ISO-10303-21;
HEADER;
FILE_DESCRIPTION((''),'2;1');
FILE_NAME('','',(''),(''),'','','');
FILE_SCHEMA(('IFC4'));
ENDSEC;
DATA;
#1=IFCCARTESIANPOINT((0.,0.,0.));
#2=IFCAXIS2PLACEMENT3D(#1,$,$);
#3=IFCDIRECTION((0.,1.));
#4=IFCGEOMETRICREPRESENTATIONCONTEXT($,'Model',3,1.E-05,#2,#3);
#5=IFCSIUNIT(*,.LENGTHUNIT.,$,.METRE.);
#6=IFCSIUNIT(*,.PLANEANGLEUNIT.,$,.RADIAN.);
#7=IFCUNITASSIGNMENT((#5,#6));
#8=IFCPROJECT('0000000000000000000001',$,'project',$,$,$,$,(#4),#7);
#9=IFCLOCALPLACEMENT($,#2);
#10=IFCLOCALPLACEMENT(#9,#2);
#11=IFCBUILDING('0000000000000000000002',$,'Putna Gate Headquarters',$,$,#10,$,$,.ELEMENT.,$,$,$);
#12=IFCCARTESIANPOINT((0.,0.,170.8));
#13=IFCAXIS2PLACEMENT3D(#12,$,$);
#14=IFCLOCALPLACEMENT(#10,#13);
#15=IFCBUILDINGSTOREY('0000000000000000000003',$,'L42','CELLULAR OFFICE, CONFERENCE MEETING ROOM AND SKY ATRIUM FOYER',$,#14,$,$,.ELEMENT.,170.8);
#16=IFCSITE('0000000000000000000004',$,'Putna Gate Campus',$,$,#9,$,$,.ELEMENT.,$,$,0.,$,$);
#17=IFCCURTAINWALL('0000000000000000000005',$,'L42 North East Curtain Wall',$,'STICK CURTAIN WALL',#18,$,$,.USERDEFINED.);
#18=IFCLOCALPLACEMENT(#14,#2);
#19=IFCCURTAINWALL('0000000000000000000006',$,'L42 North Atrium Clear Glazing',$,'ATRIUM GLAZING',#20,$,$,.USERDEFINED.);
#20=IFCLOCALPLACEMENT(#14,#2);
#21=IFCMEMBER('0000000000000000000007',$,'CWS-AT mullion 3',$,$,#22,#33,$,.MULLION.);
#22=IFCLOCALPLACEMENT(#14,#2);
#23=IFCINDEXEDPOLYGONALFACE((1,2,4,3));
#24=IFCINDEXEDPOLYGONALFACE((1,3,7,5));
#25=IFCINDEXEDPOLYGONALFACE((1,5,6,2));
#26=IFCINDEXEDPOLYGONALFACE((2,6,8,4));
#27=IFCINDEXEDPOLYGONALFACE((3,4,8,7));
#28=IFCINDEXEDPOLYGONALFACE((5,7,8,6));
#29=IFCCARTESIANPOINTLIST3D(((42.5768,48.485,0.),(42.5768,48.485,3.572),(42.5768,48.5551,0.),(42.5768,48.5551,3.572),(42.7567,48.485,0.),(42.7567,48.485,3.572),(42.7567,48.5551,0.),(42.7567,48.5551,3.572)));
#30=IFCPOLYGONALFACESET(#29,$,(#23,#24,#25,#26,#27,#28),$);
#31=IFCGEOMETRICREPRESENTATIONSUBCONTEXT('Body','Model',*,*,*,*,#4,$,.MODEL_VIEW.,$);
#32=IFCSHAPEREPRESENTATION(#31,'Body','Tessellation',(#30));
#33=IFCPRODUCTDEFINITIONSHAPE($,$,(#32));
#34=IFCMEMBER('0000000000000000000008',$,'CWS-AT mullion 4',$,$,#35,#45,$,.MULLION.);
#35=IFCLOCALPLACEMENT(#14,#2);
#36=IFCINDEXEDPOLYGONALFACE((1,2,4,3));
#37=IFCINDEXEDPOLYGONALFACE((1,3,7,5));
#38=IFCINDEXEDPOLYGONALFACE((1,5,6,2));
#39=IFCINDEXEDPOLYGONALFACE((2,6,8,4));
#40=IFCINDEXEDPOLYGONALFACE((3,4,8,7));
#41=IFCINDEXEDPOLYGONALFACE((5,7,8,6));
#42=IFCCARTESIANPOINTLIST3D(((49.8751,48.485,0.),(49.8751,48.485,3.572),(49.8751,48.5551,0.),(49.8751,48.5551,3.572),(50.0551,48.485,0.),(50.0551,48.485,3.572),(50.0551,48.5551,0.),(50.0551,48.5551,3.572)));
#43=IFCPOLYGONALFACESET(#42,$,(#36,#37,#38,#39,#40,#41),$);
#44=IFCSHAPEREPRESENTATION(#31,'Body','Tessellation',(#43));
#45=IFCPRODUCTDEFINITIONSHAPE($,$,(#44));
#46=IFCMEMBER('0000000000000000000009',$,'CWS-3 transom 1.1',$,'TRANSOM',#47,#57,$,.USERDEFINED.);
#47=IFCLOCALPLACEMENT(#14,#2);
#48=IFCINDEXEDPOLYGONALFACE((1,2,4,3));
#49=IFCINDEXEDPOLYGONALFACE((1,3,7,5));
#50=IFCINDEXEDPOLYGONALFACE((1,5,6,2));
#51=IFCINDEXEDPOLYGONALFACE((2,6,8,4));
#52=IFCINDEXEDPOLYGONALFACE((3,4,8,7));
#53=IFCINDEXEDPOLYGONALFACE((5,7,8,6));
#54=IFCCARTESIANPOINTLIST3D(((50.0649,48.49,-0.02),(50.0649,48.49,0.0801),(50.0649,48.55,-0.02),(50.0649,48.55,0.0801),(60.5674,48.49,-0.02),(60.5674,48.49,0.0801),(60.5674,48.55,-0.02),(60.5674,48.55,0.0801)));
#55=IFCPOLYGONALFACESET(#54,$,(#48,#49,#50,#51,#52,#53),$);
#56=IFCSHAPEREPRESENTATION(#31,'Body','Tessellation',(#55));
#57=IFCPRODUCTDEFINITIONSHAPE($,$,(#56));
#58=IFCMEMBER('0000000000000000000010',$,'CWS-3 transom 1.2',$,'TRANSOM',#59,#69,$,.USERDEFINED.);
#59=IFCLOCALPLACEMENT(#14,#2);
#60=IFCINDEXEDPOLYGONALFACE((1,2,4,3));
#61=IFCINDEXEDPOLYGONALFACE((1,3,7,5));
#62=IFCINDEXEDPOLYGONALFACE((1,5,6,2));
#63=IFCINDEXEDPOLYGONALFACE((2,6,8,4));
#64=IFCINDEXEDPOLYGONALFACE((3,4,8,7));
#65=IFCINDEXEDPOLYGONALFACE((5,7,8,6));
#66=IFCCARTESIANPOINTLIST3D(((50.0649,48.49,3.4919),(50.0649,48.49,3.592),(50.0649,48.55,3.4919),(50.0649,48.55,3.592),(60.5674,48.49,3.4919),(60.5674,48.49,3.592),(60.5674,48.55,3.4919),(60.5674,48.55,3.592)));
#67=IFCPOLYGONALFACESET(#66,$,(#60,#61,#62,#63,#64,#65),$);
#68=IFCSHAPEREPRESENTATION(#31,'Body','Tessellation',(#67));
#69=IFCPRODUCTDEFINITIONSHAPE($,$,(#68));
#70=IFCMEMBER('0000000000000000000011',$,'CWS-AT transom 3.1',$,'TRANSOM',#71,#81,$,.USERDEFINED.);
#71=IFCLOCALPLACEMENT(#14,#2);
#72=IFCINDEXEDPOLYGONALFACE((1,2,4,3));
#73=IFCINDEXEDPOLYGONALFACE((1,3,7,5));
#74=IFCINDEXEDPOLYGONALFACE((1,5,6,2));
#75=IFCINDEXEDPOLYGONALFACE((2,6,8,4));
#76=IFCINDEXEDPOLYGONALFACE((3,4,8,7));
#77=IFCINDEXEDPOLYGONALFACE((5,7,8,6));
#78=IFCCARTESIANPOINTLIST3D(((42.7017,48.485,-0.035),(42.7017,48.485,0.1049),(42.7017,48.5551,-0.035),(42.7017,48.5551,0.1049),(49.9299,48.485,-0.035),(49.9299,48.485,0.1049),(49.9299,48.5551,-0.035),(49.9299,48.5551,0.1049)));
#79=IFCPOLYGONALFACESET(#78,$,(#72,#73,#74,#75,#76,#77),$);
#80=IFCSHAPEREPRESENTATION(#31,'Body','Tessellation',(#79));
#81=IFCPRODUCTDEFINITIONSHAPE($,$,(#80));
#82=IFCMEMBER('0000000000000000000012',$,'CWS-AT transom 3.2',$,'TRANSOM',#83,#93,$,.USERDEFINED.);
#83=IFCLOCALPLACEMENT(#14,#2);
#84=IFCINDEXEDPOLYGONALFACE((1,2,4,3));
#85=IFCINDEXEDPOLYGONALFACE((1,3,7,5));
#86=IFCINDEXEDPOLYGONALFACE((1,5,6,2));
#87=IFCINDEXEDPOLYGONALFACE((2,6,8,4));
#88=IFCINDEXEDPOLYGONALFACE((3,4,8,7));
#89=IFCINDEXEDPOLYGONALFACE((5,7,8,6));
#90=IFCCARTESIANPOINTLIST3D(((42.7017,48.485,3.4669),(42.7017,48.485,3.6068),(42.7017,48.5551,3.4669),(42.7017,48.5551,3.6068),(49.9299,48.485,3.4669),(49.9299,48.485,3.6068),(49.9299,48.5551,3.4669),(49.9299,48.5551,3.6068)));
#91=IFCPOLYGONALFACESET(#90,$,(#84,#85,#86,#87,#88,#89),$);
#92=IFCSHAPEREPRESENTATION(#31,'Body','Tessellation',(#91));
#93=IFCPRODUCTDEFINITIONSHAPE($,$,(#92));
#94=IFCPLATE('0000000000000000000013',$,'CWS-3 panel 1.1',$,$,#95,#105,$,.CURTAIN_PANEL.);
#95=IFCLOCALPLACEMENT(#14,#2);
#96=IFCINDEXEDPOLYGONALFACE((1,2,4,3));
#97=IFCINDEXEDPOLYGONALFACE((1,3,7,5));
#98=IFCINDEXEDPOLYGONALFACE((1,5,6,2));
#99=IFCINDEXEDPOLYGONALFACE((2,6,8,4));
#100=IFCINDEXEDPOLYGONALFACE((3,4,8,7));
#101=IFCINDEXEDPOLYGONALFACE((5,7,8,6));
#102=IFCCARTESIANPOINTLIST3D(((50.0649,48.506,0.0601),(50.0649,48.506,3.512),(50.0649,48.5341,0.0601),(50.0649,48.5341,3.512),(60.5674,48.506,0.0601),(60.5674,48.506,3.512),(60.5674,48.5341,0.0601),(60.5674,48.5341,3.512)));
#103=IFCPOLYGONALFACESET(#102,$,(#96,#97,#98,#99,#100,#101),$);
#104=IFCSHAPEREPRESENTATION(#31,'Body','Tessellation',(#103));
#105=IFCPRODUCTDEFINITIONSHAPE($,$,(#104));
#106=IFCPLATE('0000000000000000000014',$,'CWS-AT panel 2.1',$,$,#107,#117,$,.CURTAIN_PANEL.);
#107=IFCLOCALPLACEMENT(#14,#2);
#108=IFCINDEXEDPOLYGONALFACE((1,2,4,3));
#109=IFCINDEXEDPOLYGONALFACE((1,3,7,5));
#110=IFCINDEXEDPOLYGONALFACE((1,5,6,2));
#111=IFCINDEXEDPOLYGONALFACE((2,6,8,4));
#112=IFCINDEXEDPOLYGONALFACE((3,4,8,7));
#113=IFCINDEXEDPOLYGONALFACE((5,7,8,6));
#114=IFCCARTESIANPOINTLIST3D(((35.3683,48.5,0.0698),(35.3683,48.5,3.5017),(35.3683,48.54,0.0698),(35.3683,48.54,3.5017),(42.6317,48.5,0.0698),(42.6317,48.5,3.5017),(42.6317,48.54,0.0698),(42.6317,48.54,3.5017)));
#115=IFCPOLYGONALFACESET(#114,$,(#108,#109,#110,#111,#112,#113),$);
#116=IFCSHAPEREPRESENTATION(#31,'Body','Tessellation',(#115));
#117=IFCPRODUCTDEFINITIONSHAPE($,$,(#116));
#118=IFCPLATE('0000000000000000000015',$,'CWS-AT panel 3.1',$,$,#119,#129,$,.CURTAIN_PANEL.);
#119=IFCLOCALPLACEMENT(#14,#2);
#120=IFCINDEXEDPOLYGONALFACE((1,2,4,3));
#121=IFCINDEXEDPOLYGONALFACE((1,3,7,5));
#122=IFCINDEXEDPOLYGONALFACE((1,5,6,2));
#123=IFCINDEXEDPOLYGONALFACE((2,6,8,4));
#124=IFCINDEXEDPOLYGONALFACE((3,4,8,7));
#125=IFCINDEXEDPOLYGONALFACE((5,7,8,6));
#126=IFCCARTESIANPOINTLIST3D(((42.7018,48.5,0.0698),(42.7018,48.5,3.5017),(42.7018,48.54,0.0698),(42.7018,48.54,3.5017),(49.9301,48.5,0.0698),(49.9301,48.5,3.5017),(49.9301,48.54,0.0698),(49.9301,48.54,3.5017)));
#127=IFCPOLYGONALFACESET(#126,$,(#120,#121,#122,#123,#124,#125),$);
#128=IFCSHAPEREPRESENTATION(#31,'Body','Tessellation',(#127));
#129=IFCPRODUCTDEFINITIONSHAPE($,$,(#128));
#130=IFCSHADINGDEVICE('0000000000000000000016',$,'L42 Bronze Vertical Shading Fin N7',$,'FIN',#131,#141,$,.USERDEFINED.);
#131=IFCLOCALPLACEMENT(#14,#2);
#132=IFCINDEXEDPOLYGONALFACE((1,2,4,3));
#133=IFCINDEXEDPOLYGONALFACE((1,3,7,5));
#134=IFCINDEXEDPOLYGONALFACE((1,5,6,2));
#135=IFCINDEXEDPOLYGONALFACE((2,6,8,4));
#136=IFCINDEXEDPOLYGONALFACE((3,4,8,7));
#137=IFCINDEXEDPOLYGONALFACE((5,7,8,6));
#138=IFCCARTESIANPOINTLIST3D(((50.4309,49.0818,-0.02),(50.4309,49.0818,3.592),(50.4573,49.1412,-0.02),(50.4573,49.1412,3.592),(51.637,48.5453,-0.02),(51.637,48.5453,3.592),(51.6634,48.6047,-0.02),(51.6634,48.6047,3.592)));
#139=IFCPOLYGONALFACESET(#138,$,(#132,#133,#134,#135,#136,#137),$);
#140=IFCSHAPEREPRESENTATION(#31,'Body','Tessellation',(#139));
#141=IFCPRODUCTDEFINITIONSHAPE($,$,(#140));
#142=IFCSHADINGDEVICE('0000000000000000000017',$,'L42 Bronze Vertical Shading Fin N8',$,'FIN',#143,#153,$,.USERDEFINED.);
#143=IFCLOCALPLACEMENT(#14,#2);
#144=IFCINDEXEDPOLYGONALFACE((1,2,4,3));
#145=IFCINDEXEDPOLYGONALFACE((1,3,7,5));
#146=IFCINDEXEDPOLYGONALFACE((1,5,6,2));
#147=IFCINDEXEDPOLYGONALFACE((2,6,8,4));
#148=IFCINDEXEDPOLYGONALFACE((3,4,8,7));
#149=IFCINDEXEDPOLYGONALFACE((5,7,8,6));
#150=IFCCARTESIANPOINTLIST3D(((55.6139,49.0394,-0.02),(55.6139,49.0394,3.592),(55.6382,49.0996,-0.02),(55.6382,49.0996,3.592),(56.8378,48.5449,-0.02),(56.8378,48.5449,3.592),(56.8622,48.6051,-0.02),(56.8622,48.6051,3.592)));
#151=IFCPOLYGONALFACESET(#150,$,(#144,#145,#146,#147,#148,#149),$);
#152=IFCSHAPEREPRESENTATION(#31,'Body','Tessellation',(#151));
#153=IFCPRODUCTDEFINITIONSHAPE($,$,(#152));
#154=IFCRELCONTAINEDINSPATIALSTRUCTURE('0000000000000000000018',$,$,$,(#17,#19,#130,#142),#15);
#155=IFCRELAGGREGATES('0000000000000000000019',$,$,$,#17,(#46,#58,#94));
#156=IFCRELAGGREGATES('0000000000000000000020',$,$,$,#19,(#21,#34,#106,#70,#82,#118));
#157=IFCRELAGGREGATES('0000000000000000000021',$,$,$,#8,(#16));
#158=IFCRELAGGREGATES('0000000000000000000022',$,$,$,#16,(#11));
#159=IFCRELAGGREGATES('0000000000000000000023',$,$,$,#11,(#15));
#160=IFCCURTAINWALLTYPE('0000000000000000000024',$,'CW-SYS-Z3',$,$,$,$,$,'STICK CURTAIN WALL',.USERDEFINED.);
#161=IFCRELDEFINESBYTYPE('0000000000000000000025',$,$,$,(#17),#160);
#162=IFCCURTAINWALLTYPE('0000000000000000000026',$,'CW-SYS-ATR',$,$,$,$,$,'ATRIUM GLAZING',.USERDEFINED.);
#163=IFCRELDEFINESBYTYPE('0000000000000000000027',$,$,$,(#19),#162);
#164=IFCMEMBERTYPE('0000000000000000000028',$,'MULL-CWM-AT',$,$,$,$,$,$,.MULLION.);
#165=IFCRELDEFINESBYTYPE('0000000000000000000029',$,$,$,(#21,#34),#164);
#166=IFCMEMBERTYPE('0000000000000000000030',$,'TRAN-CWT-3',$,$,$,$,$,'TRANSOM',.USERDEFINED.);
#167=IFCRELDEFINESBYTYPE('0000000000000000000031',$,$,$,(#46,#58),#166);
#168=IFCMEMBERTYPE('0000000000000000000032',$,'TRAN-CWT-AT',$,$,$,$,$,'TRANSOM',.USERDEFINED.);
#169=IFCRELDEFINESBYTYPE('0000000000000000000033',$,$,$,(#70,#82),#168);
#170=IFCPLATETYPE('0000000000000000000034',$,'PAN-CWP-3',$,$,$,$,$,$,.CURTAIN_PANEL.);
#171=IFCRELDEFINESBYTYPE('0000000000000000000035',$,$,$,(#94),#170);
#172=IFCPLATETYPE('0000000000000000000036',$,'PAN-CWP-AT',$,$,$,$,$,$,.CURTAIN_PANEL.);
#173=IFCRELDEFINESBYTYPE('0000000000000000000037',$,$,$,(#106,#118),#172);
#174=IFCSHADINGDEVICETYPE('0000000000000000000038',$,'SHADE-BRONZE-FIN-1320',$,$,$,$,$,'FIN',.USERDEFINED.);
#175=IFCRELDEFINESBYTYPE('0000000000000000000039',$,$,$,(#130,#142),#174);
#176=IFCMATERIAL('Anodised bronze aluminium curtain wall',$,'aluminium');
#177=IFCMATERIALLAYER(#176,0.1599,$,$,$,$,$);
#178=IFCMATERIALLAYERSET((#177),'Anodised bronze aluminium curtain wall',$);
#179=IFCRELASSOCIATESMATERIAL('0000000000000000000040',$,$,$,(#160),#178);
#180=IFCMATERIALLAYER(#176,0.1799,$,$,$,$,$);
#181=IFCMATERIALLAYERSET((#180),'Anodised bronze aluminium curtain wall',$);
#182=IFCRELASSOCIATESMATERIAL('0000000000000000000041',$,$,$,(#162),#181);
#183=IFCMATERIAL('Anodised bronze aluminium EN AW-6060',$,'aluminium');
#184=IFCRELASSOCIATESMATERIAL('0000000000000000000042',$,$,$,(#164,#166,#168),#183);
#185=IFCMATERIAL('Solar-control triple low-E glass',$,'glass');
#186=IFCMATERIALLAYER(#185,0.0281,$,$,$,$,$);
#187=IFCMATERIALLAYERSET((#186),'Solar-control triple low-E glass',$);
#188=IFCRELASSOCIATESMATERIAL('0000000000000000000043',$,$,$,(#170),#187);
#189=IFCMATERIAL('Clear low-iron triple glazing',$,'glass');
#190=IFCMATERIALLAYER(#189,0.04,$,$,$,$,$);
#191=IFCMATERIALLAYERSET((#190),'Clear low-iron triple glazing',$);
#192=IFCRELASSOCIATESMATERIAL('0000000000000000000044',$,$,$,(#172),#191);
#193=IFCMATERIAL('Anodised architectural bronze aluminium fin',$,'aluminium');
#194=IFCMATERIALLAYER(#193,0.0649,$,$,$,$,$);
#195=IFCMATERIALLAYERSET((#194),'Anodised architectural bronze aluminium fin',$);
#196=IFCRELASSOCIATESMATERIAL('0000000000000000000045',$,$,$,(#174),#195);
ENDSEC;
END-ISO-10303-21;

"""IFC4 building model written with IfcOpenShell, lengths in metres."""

from ifc_helpers import new_model, si_unit, direction, frame, origin, origin_2d, place, context, subcontext, project, spatial, rectangle, extrude, material, layer, layer_set, material_profile, profile_set, type_object, element, aggregate, save


model = new_model("IFC4")

# Units and contexts
model_context = context("Model", 3, precision=1e-05, world=origin(), true_north=direction((0.0, 1.0)))
body_context = subcontext(model_context, "Body", "Model", "MODEL_VIEW")
ifc_project = project(units=[si_unit("LENGTHUNIT", "METRE"), si_unit("PLANEANGLEUNIT", "RADIAN")], contexts=[model_context])

# Site, building, storey
site_placement = place(None, origin())
site = spatial("IfcSite", under=ifc_project, at=site_placement, Name="Putna Gate Campus", CompositionType="ELEMENT", RefElevation=0.0)
building_placement = place(site_placement, origin())
building = spatial("IfcBuilding", under=site, at=building_placement, Name="Putna Gate Headquarters", CompositionType="ELEMENT")
storey_placement = place(building_placement, frame((0.0, 0.0, 170.8)))
storey = spatial("IfcBuildingStorey", under=building, at=storey_placement, Name="L42", Description="CELLULAR OFFICE, CONFERENCE MEETING ROOM AND SKY ATRIUM FOYER", CompositionType="ELEMENT", Elevation=170.8)

# Curtain wall
ifc_material_1 = material(Name="Anodised bronze aluminium curtain wall", Category="aluminium")
ifc_layer_1 = layer(ifc_material_1, 0.1599)
ifc_layer_set_1 = layer_set([ifc_layer_1], Name="Anodised bronze aluminium curtain wall")
curtain_wall_type_1 = type_object("IfcCurtainWallType", Name="CW-SYS-Z3", ElementType="STICK CURTAIN WALL", PredefinedType="USERDEFINED", material=ifc_layer_set_1)
curtain_wall_1_placement = place(storey_placement, origin())
curtain_wall_1 = element("IfcCurtainWall", 1, at=curtain_wall_1_placement, inside=storey, type_object=curtain_wall_type_1, Name="L42 North East Curtain Wall", ObjectType="STICK CURTAIN WALL", PredefinedType="USERDEFINED")
ifc_material_2 = material(Name="Anodised bronze aluminium EN AW-6060", Category="aluminium")

# Curtain wall, members
ifc_layer_2 = layer(ifc_material_1, 0.1799)
ifc_layer_set_2 = layer_set([ifc_layer_2], Name="Anodised bronze aluminium curtain wall")
curtain_wall_type_2 = type_object("IfcCurtainWallType", Name="CW-SYS-ATR", ElementType="ATRIUM GLAZING", PredefinedType="USERDEFINED", material=ifc_layer_set_2)
curtain_wall_2_placement = place(storey_placement, origin())
curtain_wall_2 = element("IfcCurtainWall", 2, at=curtain_wall_2_placement, inside=storey, type_object=curtain_wall_type_2, Name="L42 North Atrium Clear Glazing", ObjectType="ATRIUM GLAZING", PredefinedType="USERDEFINED")
ifc_material_profile_1 = material_profile(ifc_material_2, rectangle(XDim=0.0701, YDim=0.1799, at=origin_2d()), Name="Anodised bronze aluminium EN AW-6060")
ifc_profile_set_1 = profile_set([ifc_material_profile_1], Name="Anodised bronze aluminium EN AW-6060")
member_type_1 = type_object("IfcMemberType", Name="MULL-CWM-AT", PredefinedType="MULLION", material=ifc_profile_set_1)
member_1_placement = place(storey_placement, frame((42.6667, 48.52, 0.0), z_axis=(0.0, 0.0, 1.0), x_axis=(0.0, 1.0, 0.0)))
member_1 = element("IfcMember", 3, at=member_1_placement, type_object=member_type_1, Name="CWS-AT mullion 3", PredefinedType="MULLION", context=body_context, shape_type="SweptSolid", body=[
    extrude(rectangle(XDim=0.0701, YDim=0.1799, at=origin_2d()), origin(), (0.0, 0.0, 1.0), 3.572),
])
member_2_placement = place(storey_placement, frame((49.9651, 48.52, 0.0), z_axis=(0.0, 0.0, 1.0), x_axis=(0.0, 1.0, 0.0)))
member_2 = element("IfcMember", 4, at=member_2_placement, type_object=member_type_1, Name="CWS-AT mullion 4", PredefinedType="MULLION", context=body_context, shape_type="SweptSolid", body=[
    extrude(rectangle(XDim=0.0701, YDim=0.1799, at=origin_2d()), origin(), (0.0, 0.0, 1.0), 3.572),
])

# Members
ifc_material_profile_2 = material_profile(ifc_material_2, rectangle(XDim=0.0601, YDim=0.1001, at=origin_2d()), Name="Anodised bronze aluminium EN AW-6060")
ifc_profile_set_2 = profile_set([ifc_material_profile_2], Name="Anodised bronze aluminium EN AW-6060")
member_type_2 = type_object("IfcMemberType", Name="TRAN-CWT-3", ElementType="TRANSOM", PredefinedType="USERDEFINED", material=ifc_profile_set_2)
member_3_placement = place(storey_placement, frame((50.0649, 48.52, 0.03), z_axis=(1.0, 0.0, 0.0), x_axis=(0.0, 1.0, 0.0)))
member_3 = element("IfcMember", 5, at=member_3_placement, type_object=member_type_2, Name="CWS-3 transom 1.1", ObjectType="TRANSOM", PredefinedType="USERDEFINED", context=body_context, shape_type="SweptSolid", body=[
    extrude(rectangle(XDim=0.0601, YDim=0.1001, at=origin_2d()), origin(), (0.0, 0.0, 1.0), 10.5024),
])
member_4_placement = place(storey_placement, frame((50.0649, 48.52, 3.542), z_axis=(1.0, 0.0, 0.0), x_axis=(0.0, 1.0, 0.0)))
member_4 = element("IfcMember", 6, at=member_4_placement, type_object=member_type_2, Name="CWS-3 transom 1.2", ObjectType="TRANSOM", PredefinedType="USERDEFINED", context=body_context, shape_type="SweptSolid", body=[
    extrude(rectangle(XDim=0.0601, YDim=0.1001, at=origin_2d()), origin(), (0.0, 0.0, 1.0), 10.5024),
])
ifc_material_profile_3 = material_profile(ifc_material_2, rectangle(XDim=0.0701, YDim=0.1399, at=origin_2d()), Name="Anodised bronze aluminium EN AW-6060")
ifc_profile_set_3 = profile_set([ifc_material_profile_3], Name="Anodised bronze aluminium EN AW-6060")
member_type_3 = type_object("IfcMemberType", Name="TRAN-CWT-AT", ElementType="TRANSOM", PredefinedType="USERDEFINED", material=ifc_profile_set_3)
member_5_placement = place(storey_placement, frame((42.7017, 48.52, 0.0349), z_axis=(1.0, 0.0, 0.0), x_axis=(0.0, 1.0, 0.0)))
member_5 = element("IfcMember", 7, at=member_5_placement, type_object=member_type_3, Name="CWS-AT transom 3.1", ObjectType="TRANSOM", PredefinedType="USERDEFINED", context=body_context, shape_type="SweptSolid", body=[
    extrude(rectangle(XDim=0.0701, YDim=0.1399, at=origin_2d()), origin(), (0.0, 0.0, 1.0), 7.2283),
])
member_6_placement = place(storey_placement, frame((42.7017, 48.52, 3.5369), z_axis=(1.0, 0.0, 0.0), x_axis=(0.0, 1.0, 0.0)))
member_6 = element("IfcMember", 8, at=member_6_placement, type_object=member_type_3, Name="CWS-AT transom 3.2", ObjectType="TRANSOM", PredefinedType="USERDEFINED", context=body_context, shape_type="SweptSolid", body=[
    extrude(rectangle(XDim=0.0701, YDim=0.1399, at=origin_2d()), origin(), (0.0, 0.0, 1.0), 7.2283),
])

# Plates
ifc_material_3 = material(Name="Solar-control triple low-E glass", Category="glass")
ifc_layer_3 = layer(ifc_material_3, 0.0281)
ifc_layer_set_3 = layer_set([ifc_layer_3], Name="Solar-control triple low-E glass")
plate_type_1 = type_object("IfcPlateType", Name="PAN-CWP-3", PredefinedType="CURTAIN_PANEL", material=ifc_layer_set_3)
plate_1_placement = place(storey_placement, frame((55.3162, 48.52, 0.0601), z_axis=(0.0, 0.0, 1.0), x_axis=(1.0, 0.0, 0.0)))
plate_1 = element("IfcPlate", 9, at=plate_1_placement, type_object=plate_type_1, Name="CWS-3 panel 1.1", PredefinedType="CURTAIN_PANEL", context=body_context, shape_type="SweptSolid", body=[
    extrude(rectangle(XDim=10.5024, YDim=0.0281, at=origin_2d()), origin(), (0.0, 0.0, 1.0), 3.4519),
])
aggregate(curtain_wall_1, [member_3, member_4, plate_1])
ifc_material_4 = material(Name="Clear low-iron triple glazing", Category="glass")
ifc_layer_4 = layer(ifc_material_4, 0.04)
ifc_layer_set_4 = layer_set([ifc_layer_4], Name="Clear low-iron triple glazing")
plate_type_2 = type_object("IfcPlateType", Name="PAN-CWP-AT", PredefinedType="CURTAIN_PANEL", material=ifc_layer_set_4)
plate_2_placement = place(storey_placement, frame((39.0, 48.52, 0.0698), z_axis=(0.0, 0.0, 1.0), x_axis=(1.0, 0.0, 0.0)))
plate_2 = element("IfcPlate", 10, at=plate_2_placement, type_object=plate_type_2, Name="CWS-AT panel 2.1", PredefinedType="CURTAIN_PANEL", context=body_context, shape_type="SweptSolid", body=[
    extrude(rectangle(XDim=7.2634, YDim=0.04, at=origin_2d()), origin(), (0.0, 0.0, 1.0), 3.4319),
])
plate_3_placement = place(storey_placement, frame((46.3159, 48.52, 0.0698), z_axis=(0.0, 0.0, 1.0), x_axis=(1.0, 0.0, 0.0)))
plate_3 = element("IfcPlate", 11, at=plate_3_placement, type_object=plate_type_2, Name="CWS-AT panel 3.1", PredefinedType="CURTAIN_PANEL", context=body_context, shape_type="SweptSolid", body=[
    extrude(rectangle(XDim=7.2283, YDim=0.04, at=origin_2d()), origin(), (0.0, 0.0, 1.0), 3.4319),
])
aggregate(curtain_wall_2, [member_1, member_2, plate_2, member_5, member_6, plate_3])

# Shading devices
ifc_material_5 = material(Name="Anodised architectural bronze aluminium fin", Category="aluminium")
ifc_layer_5 = layer(ifc_material_5, 0.0649)
ifc_layer_set_5 = layer_set([ifc_layer_5], Name="Anodised architectural bronze aluminium fin")
shading_device_type = type_object("IfcShadingDeviceType", Name="SHADE-BRONZE-FIN-1320", ElementType="FIN", PredefinedType="USERDEFINED", material=ifc_layer_set_5)
for number, where, z_axis, x_axis, name in (
    (12, (51.0471, 48.8433, -0.02), (0.0, 0.0, 1.0), (-0.913687, 0.406418, 0.0), "L42 Bronze Vertical Shading Fin N7"),
    (13, (56.238, 48.8223, -0.02), (0.0, 0.0, 1.0), (-0.927184, 0.374607, 0.0), "L42 Bronze Vertical Shading Fin N8"),
):
    element("IfcShadingDevice", number, at=place(storey_placement, frame(where, z_axis=z_axis, x_axis=x_axis)), inside=storey, type_object=shading_device_type, Name=name, ObjectType="FIN", PredefinedType="USERDEFINED", context=body_context, shape_type="SweptSolid", body=[
        extrude(rectangle(XDim=1.3201, YDim=0.0649, at=origin_2d()), origin(), (0.0, 0.0, 1.0), 3.6121),
    ])

save(model, "model.ifc")
